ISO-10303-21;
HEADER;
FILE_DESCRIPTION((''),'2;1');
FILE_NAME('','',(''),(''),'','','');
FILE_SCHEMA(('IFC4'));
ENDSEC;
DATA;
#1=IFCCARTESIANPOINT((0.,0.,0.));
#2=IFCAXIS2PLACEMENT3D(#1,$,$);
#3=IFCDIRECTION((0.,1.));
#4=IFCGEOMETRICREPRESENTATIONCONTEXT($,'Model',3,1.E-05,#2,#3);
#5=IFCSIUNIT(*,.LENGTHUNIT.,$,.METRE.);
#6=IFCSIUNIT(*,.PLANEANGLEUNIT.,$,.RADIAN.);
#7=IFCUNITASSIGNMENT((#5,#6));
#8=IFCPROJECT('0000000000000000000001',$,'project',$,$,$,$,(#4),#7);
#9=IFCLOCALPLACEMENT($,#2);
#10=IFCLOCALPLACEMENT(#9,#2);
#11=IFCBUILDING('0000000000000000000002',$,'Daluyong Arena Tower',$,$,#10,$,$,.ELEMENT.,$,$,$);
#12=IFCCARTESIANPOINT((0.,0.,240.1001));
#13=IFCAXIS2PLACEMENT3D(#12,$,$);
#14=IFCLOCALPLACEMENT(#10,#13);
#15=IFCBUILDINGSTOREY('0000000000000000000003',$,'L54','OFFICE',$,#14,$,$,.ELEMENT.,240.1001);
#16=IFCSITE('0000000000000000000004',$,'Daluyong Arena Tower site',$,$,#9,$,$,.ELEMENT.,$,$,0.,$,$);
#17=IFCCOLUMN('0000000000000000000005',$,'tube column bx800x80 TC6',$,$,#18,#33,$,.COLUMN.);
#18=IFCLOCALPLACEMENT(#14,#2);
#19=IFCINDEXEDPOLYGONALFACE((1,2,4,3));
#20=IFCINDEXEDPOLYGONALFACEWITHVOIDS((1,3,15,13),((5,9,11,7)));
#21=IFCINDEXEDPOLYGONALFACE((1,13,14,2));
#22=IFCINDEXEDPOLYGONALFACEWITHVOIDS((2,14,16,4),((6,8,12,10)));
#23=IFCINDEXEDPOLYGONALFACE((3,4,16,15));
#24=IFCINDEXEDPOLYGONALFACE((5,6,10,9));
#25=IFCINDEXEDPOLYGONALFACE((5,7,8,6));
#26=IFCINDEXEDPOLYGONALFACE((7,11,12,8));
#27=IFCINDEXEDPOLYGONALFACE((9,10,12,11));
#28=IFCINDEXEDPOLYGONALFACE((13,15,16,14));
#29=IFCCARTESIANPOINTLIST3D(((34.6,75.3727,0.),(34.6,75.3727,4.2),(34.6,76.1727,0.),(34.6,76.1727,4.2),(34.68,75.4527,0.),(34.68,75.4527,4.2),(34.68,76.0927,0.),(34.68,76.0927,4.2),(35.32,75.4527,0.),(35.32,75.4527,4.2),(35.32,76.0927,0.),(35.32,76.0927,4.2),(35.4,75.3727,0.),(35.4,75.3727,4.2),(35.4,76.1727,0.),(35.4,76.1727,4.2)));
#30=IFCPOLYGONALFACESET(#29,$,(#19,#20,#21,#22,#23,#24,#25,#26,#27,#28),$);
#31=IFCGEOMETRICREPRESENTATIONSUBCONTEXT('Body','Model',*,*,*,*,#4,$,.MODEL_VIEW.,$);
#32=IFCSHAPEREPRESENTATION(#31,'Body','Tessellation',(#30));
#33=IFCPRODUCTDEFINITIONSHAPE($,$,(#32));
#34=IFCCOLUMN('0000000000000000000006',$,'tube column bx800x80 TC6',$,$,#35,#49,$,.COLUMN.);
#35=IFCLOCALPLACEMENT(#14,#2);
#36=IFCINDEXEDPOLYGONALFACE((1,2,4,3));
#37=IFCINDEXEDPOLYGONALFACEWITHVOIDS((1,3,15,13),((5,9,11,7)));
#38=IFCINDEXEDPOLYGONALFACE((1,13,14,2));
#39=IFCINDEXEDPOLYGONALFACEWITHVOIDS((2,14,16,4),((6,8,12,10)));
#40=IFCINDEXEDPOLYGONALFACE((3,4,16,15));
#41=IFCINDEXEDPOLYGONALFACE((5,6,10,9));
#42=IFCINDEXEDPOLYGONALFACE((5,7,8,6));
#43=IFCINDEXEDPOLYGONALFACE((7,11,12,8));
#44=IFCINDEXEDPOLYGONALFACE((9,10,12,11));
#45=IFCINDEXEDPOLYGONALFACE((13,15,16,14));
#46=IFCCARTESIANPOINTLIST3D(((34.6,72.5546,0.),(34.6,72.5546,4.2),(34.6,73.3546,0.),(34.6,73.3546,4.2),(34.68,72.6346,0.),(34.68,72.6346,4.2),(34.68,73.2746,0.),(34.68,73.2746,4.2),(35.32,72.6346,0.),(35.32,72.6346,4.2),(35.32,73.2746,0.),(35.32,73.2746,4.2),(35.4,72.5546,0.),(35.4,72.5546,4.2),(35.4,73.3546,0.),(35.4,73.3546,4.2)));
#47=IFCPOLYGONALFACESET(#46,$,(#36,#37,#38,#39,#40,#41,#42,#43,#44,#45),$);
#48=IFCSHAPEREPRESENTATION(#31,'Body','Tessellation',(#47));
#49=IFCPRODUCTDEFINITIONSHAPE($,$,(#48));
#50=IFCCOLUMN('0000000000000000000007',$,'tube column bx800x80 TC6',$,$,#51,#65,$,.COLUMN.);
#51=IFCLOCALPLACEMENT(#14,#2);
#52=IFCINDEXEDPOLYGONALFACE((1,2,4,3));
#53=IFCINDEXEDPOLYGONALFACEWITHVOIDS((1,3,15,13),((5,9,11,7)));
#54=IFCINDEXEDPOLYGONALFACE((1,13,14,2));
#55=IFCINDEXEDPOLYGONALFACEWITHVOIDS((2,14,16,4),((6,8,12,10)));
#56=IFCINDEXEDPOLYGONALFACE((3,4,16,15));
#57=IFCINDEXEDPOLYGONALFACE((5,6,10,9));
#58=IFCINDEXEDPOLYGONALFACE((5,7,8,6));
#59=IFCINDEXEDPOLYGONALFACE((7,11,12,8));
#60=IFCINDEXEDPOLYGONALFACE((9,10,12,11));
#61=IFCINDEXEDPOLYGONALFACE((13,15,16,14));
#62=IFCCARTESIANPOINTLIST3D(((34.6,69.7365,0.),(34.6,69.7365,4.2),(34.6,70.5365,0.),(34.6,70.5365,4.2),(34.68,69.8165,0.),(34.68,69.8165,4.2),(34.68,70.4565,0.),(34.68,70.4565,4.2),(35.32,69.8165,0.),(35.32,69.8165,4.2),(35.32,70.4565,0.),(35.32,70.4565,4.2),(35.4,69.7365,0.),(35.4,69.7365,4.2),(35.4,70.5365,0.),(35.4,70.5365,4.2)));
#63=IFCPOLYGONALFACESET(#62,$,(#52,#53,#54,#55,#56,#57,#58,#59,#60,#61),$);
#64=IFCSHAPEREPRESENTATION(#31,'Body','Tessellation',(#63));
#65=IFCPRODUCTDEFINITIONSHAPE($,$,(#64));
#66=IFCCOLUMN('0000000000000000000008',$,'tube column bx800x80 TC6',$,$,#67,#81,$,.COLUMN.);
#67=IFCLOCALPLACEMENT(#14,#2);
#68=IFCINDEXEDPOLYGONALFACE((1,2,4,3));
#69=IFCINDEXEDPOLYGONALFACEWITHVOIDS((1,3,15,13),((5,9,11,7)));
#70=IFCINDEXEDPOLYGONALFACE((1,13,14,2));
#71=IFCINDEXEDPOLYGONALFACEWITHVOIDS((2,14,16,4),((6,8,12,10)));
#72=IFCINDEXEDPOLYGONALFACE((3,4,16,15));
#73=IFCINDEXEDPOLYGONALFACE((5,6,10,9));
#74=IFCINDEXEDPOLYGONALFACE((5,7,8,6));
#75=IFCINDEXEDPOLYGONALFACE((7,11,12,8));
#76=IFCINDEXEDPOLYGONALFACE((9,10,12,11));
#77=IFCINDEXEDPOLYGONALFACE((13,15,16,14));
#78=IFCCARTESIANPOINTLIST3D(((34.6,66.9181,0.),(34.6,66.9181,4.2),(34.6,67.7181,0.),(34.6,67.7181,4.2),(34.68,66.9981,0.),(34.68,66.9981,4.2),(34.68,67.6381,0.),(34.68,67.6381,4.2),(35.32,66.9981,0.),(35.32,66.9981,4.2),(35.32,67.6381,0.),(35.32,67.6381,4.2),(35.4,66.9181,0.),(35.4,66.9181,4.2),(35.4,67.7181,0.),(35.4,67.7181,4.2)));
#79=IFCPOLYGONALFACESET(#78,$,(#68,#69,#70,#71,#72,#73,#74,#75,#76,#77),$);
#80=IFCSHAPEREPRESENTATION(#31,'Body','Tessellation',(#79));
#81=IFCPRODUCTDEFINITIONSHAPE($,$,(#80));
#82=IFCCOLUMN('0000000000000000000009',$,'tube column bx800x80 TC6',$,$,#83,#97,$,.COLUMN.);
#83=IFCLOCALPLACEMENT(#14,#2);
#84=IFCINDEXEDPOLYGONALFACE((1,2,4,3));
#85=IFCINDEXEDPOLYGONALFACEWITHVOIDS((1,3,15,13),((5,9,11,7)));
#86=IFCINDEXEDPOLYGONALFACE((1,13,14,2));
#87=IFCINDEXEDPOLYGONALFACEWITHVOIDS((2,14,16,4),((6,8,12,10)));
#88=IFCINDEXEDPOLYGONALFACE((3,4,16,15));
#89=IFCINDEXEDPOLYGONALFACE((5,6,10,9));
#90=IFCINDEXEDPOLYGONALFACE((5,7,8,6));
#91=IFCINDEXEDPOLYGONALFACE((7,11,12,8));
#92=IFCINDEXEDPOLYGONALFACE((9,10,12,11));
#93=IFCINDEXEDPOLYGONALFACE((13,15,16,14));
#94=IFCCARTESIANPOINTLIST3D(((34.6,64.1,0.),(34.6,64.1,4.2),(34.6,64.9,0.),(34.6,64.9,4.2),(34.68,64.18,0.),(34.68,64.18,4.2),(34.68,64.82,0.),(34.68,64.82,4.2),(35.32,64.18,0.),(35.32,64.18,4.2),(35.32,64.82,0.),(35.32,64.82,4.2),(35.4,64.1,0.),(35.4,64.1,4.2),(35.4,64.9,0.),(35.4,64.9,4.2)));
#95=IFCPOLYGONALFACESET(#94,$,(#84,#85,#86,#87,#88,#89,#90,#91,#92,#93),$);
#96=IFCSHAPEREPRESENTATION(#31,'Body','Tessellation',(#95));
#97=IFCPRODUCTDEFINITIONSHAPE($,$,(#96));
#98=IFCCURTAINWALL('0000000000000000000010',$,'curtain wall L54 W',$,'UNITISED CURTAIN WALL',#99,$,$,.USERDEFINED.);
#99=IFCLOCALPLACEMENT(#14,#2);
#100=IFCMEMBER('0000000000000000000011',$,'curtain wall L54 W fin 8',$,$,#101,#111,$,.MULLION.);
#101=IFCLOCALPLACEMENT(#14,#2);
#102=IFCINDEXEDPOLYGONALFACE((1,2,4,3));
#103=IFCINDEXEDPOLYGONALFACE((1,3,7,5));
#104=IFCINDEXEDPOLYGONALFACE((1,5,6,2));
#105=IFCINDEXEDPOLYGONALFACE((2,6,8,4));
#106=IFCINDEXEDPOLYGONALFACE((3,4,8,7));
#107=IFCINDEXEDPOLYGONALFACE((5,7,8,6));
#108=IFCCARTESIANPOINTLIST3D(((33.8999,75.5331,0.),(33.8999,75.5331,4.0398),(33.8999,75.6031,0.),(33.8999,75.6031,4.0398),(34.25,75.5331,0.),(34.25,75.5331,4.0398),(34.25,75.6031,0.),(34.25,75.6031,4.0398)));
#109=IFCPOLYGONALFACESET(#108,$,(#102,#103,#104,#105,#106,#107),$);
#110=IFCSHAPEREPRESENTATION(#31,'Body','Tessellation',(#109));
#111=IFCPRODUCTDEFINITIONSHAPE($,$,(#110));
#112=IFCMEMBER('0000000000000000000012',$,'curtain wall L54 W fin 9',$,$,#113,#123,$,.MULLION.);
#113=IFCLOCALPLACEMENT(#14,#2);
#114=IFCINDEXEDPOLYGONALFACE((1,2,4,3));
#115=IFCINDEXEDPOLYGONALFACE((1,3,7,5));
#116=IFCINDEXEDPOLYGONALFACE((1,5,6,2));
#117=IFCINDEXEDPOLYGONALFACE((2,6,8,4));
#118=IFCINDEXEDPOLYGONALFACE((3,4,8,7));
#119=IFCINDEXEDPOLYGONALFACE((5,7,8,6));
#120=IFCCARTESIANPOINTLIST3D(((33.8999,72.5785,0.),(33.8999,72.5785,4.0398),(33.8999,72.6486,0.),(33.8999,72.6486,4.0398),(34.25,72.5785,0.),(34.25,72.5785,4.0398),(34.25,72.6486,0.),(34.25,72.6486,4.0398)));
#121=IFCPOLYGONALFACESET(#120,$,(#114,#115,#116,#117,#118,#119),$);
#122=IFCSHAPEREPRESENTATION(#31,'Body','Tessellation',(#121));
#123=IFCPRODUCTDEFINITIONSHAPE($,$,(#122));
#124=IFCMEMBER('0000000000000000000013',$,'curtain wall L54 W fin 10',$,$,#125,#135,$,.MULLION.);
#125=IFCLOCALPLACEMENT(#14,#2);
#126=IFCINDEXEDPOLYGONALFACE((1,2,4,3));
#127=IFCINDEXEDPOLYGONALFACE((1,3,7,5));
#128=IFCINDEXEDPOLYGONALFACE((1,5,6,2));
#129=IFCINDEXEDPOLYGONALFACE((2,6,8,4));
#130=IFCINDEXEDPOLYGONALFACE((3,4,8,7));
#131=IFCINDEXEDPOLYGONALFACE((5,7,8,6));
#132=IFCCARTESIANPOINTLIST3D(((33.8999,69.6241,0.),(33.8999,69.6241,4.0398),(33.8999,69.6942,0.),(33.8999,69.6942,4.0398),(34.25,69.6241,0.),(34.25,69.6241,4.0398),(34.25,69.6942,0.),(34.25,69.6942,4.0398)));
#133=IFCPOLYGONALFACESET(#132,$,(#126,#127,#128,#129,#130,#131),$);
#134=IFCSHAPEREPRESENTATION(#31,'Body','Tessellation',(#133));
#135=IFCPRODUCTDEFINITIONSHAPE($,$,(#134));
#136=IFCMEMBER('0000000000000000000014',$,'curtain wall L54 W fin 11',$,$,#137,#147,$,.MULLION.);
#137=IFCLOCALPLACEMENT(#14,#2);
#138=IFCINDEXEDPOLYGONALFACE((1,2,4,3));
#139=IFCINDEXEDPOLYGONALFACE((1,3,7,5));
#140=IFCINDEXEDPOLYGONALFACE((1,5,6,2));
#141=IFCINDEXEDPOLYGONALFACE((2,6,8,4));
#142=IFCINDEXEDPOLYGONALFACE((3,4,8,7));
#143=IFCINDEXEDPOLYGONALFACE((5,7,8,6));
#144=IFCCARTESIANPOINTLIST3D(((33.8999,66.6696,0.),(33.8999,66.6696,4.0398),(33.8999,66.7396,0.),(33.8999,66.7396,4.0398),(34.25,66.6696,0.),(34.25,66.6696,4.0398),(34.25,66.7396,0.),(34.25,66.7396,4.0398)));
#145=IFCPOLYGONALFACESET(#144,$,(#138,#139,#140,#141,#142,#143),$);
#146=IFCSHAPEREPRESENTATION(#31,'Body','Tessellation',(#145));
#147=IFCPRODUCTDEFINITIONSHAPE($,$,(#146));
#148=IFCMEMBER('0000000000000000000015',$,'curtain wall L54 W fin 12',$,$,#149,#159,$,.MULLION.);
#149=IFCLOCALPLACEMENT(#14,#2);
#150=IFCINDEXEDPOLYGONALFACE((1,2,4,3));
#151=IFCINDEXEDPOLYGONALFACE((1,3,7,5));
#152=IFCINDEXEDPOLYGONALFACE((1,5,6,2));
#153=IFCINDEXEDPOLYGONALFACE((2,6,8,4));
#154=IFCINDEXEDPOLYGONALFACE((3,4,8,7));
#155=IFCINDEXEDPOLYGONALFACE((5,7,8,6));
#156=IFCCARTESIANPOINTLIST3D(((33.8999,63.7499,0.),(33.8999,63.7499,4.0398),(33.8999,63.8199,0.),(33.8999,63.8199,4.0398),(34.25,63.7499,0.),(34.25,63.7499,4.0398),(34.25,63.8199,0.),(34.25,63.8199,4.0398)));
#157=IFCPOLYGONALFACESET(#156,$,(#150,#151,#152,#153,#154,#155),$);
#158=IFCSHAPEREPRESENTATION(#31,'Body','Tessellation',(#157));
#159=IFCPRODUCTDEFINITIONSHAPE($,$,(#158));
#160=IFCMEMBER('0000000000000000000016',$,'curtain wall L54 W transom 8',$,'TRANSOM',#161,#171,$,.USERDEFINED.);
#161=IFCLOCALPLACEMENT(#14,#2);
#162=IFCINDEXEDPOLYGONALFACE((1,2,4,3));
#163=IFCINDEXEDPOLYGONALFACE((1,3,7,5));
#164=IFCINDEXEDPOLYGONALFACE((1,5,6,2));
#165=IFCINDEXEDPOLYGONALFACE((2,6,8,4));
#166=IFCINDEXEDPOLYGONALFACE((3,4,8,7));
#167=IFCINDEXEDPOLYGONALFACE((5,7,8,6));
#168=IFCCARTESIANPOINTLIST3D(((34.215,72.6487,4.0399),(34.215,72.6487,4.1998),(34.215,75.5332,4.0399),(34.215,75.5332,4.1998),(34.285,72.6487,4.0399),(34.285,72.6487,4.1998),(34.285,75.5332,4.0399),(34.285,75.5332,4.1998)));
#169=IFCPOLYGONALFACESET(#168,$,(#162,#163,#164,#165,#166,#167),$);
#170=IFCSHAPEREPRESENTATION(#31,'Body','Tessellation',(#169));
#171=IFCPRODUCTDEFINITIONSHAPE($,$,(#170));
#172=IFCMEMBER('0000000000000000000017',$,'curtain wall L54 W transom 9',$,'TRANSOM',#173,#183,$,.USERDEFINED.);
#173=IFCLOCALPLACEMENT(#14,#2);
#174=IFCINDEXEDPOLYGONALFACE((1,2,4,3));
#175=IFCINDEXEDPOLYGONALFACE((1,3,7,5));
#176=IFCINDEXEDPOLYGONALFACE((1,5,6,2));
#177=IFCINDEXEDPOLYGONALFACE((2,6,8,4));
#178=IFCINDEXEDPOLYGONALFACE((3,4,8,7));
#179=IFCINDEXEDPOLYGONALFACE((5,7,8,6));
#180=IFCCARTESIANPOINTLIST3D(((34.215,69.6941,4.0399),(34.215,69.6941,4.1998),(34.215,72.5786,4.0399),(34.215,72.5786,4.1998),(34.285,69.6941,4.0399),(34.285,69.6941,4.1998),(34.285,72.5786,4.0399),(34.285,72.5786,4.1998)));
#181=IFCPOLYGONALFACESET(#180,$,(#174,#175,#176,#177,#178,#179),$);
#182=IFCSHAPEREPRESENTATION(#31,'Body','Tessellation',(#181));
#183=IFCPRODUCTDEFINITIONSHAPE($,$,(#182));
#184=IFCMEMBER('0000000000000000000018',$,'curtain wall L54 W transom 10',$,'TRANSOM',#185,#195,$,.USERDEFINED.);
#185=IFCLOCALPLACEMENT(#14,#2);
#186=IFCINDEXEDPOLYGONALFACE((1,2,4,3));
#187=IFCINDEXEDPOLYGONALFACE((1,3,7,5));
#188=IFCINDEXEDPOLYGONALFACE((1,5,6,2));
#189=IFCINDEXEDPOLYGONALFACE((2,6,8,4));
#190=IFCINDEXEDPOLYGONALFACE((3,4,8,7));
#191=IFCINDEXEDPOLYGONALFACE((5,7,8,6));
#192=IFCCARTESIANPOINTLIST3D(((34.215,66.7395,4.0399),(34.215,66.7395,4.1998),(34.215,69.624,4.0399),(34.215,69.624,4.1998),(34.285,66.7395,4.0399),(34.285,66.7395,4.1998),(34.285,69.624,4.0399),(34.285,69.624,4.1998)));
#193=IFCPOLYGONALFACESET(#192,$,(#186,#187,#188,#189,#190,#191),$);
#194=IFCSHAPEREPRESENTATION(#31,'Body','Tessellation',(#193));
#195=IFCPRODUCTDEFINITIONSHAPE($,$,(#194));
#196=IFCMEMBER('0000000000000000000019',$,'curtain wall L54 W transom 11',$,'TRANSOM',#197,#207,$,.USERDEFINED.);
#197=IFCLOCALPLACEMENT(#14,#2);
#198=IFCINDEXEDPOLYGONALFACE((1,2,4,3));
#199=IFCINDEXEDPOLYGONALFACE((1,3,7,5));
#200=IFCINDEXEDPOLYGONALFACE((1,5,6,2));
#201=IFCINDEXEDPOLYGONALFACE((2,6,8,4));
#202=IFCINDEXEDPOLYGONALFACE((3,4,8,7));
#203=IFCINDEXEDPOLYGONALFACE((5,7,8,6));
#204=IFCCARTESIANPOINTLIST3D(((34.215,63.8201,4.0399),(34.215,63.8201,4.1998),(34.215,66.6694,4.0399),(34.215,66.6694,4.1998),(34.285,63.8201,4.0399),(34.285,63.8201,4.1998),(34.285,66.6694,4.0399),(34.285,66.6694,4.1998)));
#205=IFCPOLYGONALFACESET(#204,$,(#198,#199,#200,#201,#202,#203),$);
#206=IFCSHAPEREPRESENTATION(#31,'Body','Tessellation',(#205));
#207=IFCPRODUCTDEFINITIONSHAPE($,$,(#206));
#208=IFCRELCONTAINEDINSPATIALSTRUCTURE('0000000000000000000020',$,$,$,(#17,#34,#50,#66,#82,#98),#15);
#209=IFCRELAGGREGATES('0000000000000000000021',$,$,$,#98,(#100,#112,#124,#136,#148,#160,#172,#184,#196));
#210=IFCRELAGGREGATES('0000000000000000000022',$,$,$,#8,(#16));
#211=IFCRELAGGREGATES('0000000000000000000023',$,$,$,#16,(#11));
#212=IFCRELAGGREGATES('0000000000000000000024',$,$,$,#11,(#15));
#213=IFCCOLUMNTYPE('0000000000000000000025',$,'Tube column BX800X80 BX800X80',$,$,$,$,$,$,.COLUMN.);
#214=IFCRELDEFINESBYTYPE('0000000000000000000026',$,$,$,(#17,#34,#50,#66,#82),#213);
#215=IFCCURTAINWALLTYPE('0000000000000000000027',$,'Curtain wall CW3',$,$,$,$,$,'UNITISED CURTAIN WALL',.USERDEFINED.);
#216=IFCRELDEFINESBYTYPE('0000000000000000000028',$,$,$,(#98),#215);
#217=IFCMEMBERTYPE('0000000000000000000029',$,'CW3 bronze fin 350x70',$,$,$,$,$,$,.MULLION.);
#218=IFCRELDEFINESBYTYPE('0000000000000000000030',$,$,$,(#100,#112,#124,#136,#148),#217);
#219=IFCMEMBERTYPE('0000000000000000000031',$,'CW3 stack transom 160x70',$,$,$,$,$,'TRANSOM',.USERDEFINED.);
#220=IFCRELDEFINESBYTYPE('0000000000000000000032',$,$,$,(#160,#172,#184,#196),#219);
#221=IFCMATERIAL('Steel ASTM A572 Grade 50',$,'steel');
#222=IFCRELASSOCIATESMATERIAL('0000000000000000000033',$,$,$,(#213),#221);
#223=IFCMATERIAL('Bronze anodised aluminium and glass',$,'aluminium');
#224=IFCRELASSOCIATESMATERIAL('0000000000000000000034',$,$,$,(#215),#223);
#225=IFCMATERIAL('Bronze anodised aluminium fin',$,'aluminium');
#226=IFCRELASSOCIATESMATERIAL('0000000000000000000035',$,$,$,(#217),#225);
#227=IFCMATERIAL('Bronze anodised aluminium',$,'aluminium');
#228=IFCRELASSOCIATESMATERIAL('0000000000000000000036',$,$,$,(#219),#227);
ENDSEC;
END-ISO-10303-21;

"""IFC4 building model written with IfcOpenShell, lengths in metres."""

from ifc_helpers import new_model, si_unit, direction, frame, origin, origin_2d, place, context, subcontext, project, spatial, rectangle, hollow_rectangle, extrude, material, material_profile, profile_set, type_object, element, aggregate, save


model = new_model("IFC4")

# Units and contexts
model_context = context("Model", 3, precision=1e-05, world=origin(), true_north=direction((0.0, 1.0)))
body_context = subcontext(model_context, "Body", "Model", "MODEL_VIEW")
ifc_project = project(units=[si_unit("LENGTHUNIT", "METRE"), si_unit("PLANEANGLEUNIT", "RADIAN")], contexts=[model_context])

# Site, building, storey
site_placement = place(None, origin())
site = spatial("IfcSite", under=ifc_project, at=site_placement, Name="Daluyong Arena Tower site", CompositionType="ELEMENT", RefElevation=0.0)
building_placement = place(site_placement, origin())
building = spatial("IfcBuilding", under=site, at=building_placement, Name="Daluyong Arena Tower", CompositionType="ELEMENT")
storey_placement = place(building_placement, frame((0.0, 0.0, 240.1001)))
storey = spatial("IfcBuildingStorey", under=building, at=storey_placement, Name="L54", Description="OFFICE", CompositionType="ELEMENT", Elevation=240.1001)

# Columns
ifc_material_1 = material(Name="Steel ASTM A572 Grade 50", Category="steel")
ifc_material_profile_1 = material_profile(ifc_material_1, hollow_rectangle(XDim=0.8, YDim=0.8, WallThickness=0.08, at=origin_2d()))
ifc_profile_set_1 = profile_set([ifc_material_profile_1], Name="Steel ASTM A572 Grade 50")
column_type = type_object("IfcColumnType", Name="Tube column BX800X80 BX800X80", PredefinedType="COLUMN", material=ifc_profile_set_1)
for number, where, z_axis, x_axis, name in (
    (1, (35.0, 75.7727, 0.0), (0.0, 0.0, 1.0), (0.0, 1.0, 0.0), "tube column bx800x80 TC6"),
    (2, (35.0, 72.9546, 0.0), (0.0, 0.0, 1.0), (0.0, 1.0, 0.0), "tube column bx800x80 TC6"),
    (3, (35.0, 70.1365, 0.0), (0.0, 0.0, 1.0), (0.0, 1.0, 0.0), "tube column bx800x80 TC6"),
    (4, (35.0, 67.3181, 0.0), (0.0, 0.0, 1.0), (0.0, 1.0, 0.0), "tube column bx800x80 TC6"),
    (5, (35.0, 64.5, 0.0), (0.0, 0.0, 1.0), (1.0, 0.0, 0.0), "tube column bx800x80 TC6"),
):
    element("IfcColumn", number, at=place(storey_placement, frame(where, z_axis=z_axis, x_axis=x_axis)), inside=storey, type_object=column_type, Name=name, PredefinedType="COLUMN", context=body_context, shape_type="SweptSolid", body=[
        extrude(hollow_rectangle(XDim=0.8, YDim=0.8, WallThickness=0.08, at=origin_2d()), origin(), (0.0, 0.0, 1.0), 4.2),
    ])

# Curtain wall, members
ifc_material_2 = material(Name="Bronze anodised aluminium and glass", Category="aluminium")
curtain_wall_type_1 = type_object("IfcCurtainWallType", Name="Curtain wall CW3", ElementType="UNITISED CURTAIN WALL", PredefinedType="USERDEFINED", material=ifc_material_2)
curtain_wall_1_placement = place(storey_placement, origin())
curtain_wall_1 = element("IfcCurtainWall", 6, at=curtain_wall_1_placement, inside=storey, type_object=curtain_wall_type_1, Name="curtain wall L54 W", ObjectType="UNITISED CURTAIN WALL", PredefinedType="USERDEFINED")
ifc_material_3 = material(Name="Bronze anodised aluminium fin", Category="aluminium")
ifc_material_profile_2 = material_profile(ifc_material_3, rectangle(XDim=0.3501, YDim=0.0701, at=origin_2d()))
ifc_profile_set_2 = profile_set([ifc_material_profile_2], Name="Bronze anodised aluminium fin")
member_type_1 = type_object("IfcMemberType", Name="CW3 bronze fin 350x70", PredefinedType="MULLION", material=ifc_profile_set_2)
member_1_placement = place(storey_placement, frame((34.075, 75.5681, 0.0), z_axis=(0.0, 0.0, 1.0), x_axis=(1.0, 0.0, 0.0)))
member_1 = element("IfcMember", 7, at=member_1_placement, type_object=member_type_1, Name="curtain wall L54 W fin 8", PredefinedType="MULLION", context=body_context, shape_type="SweptSolid", body=[
    extrude(rectangle(XDim=0.3501, YDim=0.0701, at=origin_2d()), origin(), (0.0, 0.0, 1.0), 4.0398),
])
member_2_placement = place(storey_placement, frame((34.075, 72.6135, 0.0), z_axis=(0.0, 0.0, 1.0), x_axis=(1.0, 0.0, 0.0)))
member_2 = element("IfcMember", 8, at=member_2_placement, type_object=member_type_1, Name="curtain wall L54 W fin 9", PredefinedType="MULLION", context=body_context, shape_type="SweptSolid", body=[
    extrude(rectangle(XDim=0.3501, YDim=0.0701, at=origin_2d()), origin(), (0.0, 0.0, 1.0), 4.0398),
])
member_3_placement = place(storey_placement, frame((34.075, 69.6592, 0.0), z_axis=(0.0, 0.0, 1.0), x_axis=(1.0, 0.0, 0.0)))
member_3 = element("IfcMember", 9, at=member_3_placement, type_object=member_type_1, Name="curtain wall L54 W fin 10", PredefinedType="MULLION", context=body_context, shape_type="SweptSolid", body=[
    extrude(rectangle(XDim=0.3501, YDim=0.0701, at=origin_2d()), origin(), (0.0, 0.0, 1.0), 4.0398),
])
member_4_placement = place(storey_placement, frame((34.075, 66.7046, 0.0), z_axis=(0.0, 0.0, 1.0), x_axis=(1.0, 0.0, 0.0)))
member_4 = element("IfcMember", 10, at=member_4_placement, type_object=member_type_1, Name="curtain wall L54 W fin 11", PredefinedType="MULLION", context=body_context, shape_type="SweptSolid", body=[
    extrude(rectangle(XDim=0.3501, YDim=0.0701, at=origin_2d()), origin(), (0.0, 0.0, 1.0), 4.0398),
])
member_5_placement = place(storey_placement, frame((34.075, 63.7849, 0.0), z_axis=(0.0, 0.0, 1.0), x_axis=(1.0, 0.0, 0.0)))
member_5 = element("IfcMember", 11, at=member_5_placement, type_object=member_type_1, Name="curtain wall L54 W fin 12", PredefinedType="MULLION", context=body_context, shape_type="SweptSolid", body=[
    extrude(rectangle(XDim=0.3501, YDim=0.0701, at=origin_2d()), origin(), (0.0, 0.0, 1.0), 4.0398),
])
ifc_material_4 = material(Name="Bronze anodised aluminium", Category="aluminium")
ifc_material_profile_3 = material_profile(ifc_material_4, rectangle(XDim=0.0701, YDim=0.1599, at=origin_2d()))
ifc_profile_set_3 = profile_set([ifc_material_profile_3], Name="Bronze anodised aluminium")
member_type_2 = type_object("IfcMemberType", Name="CW3 stack transom 160x70", ElementType="TRANSOM", PredefinedType="USERDEFINED", material=ifc_profile_set_3)
member_6_placement = place(storey_placement, frame((34.25, 75.5332, 4.1199), z_axis=(0.0, -1.0, 0.0), x_axis=(1.0, 0.0, 0.0)))
member_6 = element("IfcMember", 12, at=member_6_placement, type_object=member_type_2, Name="curtain wall L54 W transom 8", ObjectType="TRANSOM", PredefinedType="USERDEFINED", context=body_context, shape_type="SweptSolid", body=[
    extrude(rectangle(XDim=0.0701, YDim=0.1599, at=origin_2d()), origin(), (0.0, 0.0, 1.0), 2.8845),
])
member_7_placement = place(storey_placement, frame((34.25, 72.5786, 4.1199), z_axis=(0.0, -1.0, 0.0), x_axis=(1.0, 0.0, 0.0)))
member_7 = element("IfcMember", 13, at=member_7_placement, type_object=member_type_2, Name="curtain wall L54 W transom 9", ObjectType="TRANSOM", PredefinedType="USERDEFINED", context=body_context, shape_type="SweptSolid", body=[
    extrude(rectangle(XDim=0.0701, YDim=0.1599, at=origin_2d()), origin(), (0.0, 0.0, 1.0), 2.8845),
])
member_8_placement = place(storey_placement, frame((34.25, 69.624, 4.1199), z_axis=(0.0, -1.0, 0.0), x_axis=(1.0, 0.0, 0.0)))
member_8 = element("IfcMember", 14, at=member_8_placement, type_object=member_type_2, Name="curtain wall L54 W transom 10", ObjectType="TRANSOM", PredefinedType="USERDEFINED", context=body_context, shape_type="SweptSolid", body=[
    extrude(rectangle(XDim=0.0701, YDim=0.1599, at=origin_2d()), origin(), (0.0, 0.0, 1.0), 2.8845),
])
member_9_placement = place(storey_placement, frame((34.25, 66.6694, 4.1199), z_axis=(0.0, -1.0, 0.0), x_axis=(1.0, 0.0, 0.0)))
member_9 = element("IfcMember", 15, at=member_9_placement, type_object=member_type_2, Name="curtain wall L54 W transom 11", ObjectType="TRANSOM", PredefinedType="USERDEFINED", context=body_context, shape_type="SweptSolid", body=[
    extrude(rectangle(XDim=0.0701, YDim=0.1599, at=origin_2d()), origin(), (0.0, 0.0, 1.0), 2.8494),
])

aggregate(curtain_wall_1, [member_1, member_2, member_3, member_4, member_5, member_6, member_7, member_8, member_9])

save(model, "model.ifc")
